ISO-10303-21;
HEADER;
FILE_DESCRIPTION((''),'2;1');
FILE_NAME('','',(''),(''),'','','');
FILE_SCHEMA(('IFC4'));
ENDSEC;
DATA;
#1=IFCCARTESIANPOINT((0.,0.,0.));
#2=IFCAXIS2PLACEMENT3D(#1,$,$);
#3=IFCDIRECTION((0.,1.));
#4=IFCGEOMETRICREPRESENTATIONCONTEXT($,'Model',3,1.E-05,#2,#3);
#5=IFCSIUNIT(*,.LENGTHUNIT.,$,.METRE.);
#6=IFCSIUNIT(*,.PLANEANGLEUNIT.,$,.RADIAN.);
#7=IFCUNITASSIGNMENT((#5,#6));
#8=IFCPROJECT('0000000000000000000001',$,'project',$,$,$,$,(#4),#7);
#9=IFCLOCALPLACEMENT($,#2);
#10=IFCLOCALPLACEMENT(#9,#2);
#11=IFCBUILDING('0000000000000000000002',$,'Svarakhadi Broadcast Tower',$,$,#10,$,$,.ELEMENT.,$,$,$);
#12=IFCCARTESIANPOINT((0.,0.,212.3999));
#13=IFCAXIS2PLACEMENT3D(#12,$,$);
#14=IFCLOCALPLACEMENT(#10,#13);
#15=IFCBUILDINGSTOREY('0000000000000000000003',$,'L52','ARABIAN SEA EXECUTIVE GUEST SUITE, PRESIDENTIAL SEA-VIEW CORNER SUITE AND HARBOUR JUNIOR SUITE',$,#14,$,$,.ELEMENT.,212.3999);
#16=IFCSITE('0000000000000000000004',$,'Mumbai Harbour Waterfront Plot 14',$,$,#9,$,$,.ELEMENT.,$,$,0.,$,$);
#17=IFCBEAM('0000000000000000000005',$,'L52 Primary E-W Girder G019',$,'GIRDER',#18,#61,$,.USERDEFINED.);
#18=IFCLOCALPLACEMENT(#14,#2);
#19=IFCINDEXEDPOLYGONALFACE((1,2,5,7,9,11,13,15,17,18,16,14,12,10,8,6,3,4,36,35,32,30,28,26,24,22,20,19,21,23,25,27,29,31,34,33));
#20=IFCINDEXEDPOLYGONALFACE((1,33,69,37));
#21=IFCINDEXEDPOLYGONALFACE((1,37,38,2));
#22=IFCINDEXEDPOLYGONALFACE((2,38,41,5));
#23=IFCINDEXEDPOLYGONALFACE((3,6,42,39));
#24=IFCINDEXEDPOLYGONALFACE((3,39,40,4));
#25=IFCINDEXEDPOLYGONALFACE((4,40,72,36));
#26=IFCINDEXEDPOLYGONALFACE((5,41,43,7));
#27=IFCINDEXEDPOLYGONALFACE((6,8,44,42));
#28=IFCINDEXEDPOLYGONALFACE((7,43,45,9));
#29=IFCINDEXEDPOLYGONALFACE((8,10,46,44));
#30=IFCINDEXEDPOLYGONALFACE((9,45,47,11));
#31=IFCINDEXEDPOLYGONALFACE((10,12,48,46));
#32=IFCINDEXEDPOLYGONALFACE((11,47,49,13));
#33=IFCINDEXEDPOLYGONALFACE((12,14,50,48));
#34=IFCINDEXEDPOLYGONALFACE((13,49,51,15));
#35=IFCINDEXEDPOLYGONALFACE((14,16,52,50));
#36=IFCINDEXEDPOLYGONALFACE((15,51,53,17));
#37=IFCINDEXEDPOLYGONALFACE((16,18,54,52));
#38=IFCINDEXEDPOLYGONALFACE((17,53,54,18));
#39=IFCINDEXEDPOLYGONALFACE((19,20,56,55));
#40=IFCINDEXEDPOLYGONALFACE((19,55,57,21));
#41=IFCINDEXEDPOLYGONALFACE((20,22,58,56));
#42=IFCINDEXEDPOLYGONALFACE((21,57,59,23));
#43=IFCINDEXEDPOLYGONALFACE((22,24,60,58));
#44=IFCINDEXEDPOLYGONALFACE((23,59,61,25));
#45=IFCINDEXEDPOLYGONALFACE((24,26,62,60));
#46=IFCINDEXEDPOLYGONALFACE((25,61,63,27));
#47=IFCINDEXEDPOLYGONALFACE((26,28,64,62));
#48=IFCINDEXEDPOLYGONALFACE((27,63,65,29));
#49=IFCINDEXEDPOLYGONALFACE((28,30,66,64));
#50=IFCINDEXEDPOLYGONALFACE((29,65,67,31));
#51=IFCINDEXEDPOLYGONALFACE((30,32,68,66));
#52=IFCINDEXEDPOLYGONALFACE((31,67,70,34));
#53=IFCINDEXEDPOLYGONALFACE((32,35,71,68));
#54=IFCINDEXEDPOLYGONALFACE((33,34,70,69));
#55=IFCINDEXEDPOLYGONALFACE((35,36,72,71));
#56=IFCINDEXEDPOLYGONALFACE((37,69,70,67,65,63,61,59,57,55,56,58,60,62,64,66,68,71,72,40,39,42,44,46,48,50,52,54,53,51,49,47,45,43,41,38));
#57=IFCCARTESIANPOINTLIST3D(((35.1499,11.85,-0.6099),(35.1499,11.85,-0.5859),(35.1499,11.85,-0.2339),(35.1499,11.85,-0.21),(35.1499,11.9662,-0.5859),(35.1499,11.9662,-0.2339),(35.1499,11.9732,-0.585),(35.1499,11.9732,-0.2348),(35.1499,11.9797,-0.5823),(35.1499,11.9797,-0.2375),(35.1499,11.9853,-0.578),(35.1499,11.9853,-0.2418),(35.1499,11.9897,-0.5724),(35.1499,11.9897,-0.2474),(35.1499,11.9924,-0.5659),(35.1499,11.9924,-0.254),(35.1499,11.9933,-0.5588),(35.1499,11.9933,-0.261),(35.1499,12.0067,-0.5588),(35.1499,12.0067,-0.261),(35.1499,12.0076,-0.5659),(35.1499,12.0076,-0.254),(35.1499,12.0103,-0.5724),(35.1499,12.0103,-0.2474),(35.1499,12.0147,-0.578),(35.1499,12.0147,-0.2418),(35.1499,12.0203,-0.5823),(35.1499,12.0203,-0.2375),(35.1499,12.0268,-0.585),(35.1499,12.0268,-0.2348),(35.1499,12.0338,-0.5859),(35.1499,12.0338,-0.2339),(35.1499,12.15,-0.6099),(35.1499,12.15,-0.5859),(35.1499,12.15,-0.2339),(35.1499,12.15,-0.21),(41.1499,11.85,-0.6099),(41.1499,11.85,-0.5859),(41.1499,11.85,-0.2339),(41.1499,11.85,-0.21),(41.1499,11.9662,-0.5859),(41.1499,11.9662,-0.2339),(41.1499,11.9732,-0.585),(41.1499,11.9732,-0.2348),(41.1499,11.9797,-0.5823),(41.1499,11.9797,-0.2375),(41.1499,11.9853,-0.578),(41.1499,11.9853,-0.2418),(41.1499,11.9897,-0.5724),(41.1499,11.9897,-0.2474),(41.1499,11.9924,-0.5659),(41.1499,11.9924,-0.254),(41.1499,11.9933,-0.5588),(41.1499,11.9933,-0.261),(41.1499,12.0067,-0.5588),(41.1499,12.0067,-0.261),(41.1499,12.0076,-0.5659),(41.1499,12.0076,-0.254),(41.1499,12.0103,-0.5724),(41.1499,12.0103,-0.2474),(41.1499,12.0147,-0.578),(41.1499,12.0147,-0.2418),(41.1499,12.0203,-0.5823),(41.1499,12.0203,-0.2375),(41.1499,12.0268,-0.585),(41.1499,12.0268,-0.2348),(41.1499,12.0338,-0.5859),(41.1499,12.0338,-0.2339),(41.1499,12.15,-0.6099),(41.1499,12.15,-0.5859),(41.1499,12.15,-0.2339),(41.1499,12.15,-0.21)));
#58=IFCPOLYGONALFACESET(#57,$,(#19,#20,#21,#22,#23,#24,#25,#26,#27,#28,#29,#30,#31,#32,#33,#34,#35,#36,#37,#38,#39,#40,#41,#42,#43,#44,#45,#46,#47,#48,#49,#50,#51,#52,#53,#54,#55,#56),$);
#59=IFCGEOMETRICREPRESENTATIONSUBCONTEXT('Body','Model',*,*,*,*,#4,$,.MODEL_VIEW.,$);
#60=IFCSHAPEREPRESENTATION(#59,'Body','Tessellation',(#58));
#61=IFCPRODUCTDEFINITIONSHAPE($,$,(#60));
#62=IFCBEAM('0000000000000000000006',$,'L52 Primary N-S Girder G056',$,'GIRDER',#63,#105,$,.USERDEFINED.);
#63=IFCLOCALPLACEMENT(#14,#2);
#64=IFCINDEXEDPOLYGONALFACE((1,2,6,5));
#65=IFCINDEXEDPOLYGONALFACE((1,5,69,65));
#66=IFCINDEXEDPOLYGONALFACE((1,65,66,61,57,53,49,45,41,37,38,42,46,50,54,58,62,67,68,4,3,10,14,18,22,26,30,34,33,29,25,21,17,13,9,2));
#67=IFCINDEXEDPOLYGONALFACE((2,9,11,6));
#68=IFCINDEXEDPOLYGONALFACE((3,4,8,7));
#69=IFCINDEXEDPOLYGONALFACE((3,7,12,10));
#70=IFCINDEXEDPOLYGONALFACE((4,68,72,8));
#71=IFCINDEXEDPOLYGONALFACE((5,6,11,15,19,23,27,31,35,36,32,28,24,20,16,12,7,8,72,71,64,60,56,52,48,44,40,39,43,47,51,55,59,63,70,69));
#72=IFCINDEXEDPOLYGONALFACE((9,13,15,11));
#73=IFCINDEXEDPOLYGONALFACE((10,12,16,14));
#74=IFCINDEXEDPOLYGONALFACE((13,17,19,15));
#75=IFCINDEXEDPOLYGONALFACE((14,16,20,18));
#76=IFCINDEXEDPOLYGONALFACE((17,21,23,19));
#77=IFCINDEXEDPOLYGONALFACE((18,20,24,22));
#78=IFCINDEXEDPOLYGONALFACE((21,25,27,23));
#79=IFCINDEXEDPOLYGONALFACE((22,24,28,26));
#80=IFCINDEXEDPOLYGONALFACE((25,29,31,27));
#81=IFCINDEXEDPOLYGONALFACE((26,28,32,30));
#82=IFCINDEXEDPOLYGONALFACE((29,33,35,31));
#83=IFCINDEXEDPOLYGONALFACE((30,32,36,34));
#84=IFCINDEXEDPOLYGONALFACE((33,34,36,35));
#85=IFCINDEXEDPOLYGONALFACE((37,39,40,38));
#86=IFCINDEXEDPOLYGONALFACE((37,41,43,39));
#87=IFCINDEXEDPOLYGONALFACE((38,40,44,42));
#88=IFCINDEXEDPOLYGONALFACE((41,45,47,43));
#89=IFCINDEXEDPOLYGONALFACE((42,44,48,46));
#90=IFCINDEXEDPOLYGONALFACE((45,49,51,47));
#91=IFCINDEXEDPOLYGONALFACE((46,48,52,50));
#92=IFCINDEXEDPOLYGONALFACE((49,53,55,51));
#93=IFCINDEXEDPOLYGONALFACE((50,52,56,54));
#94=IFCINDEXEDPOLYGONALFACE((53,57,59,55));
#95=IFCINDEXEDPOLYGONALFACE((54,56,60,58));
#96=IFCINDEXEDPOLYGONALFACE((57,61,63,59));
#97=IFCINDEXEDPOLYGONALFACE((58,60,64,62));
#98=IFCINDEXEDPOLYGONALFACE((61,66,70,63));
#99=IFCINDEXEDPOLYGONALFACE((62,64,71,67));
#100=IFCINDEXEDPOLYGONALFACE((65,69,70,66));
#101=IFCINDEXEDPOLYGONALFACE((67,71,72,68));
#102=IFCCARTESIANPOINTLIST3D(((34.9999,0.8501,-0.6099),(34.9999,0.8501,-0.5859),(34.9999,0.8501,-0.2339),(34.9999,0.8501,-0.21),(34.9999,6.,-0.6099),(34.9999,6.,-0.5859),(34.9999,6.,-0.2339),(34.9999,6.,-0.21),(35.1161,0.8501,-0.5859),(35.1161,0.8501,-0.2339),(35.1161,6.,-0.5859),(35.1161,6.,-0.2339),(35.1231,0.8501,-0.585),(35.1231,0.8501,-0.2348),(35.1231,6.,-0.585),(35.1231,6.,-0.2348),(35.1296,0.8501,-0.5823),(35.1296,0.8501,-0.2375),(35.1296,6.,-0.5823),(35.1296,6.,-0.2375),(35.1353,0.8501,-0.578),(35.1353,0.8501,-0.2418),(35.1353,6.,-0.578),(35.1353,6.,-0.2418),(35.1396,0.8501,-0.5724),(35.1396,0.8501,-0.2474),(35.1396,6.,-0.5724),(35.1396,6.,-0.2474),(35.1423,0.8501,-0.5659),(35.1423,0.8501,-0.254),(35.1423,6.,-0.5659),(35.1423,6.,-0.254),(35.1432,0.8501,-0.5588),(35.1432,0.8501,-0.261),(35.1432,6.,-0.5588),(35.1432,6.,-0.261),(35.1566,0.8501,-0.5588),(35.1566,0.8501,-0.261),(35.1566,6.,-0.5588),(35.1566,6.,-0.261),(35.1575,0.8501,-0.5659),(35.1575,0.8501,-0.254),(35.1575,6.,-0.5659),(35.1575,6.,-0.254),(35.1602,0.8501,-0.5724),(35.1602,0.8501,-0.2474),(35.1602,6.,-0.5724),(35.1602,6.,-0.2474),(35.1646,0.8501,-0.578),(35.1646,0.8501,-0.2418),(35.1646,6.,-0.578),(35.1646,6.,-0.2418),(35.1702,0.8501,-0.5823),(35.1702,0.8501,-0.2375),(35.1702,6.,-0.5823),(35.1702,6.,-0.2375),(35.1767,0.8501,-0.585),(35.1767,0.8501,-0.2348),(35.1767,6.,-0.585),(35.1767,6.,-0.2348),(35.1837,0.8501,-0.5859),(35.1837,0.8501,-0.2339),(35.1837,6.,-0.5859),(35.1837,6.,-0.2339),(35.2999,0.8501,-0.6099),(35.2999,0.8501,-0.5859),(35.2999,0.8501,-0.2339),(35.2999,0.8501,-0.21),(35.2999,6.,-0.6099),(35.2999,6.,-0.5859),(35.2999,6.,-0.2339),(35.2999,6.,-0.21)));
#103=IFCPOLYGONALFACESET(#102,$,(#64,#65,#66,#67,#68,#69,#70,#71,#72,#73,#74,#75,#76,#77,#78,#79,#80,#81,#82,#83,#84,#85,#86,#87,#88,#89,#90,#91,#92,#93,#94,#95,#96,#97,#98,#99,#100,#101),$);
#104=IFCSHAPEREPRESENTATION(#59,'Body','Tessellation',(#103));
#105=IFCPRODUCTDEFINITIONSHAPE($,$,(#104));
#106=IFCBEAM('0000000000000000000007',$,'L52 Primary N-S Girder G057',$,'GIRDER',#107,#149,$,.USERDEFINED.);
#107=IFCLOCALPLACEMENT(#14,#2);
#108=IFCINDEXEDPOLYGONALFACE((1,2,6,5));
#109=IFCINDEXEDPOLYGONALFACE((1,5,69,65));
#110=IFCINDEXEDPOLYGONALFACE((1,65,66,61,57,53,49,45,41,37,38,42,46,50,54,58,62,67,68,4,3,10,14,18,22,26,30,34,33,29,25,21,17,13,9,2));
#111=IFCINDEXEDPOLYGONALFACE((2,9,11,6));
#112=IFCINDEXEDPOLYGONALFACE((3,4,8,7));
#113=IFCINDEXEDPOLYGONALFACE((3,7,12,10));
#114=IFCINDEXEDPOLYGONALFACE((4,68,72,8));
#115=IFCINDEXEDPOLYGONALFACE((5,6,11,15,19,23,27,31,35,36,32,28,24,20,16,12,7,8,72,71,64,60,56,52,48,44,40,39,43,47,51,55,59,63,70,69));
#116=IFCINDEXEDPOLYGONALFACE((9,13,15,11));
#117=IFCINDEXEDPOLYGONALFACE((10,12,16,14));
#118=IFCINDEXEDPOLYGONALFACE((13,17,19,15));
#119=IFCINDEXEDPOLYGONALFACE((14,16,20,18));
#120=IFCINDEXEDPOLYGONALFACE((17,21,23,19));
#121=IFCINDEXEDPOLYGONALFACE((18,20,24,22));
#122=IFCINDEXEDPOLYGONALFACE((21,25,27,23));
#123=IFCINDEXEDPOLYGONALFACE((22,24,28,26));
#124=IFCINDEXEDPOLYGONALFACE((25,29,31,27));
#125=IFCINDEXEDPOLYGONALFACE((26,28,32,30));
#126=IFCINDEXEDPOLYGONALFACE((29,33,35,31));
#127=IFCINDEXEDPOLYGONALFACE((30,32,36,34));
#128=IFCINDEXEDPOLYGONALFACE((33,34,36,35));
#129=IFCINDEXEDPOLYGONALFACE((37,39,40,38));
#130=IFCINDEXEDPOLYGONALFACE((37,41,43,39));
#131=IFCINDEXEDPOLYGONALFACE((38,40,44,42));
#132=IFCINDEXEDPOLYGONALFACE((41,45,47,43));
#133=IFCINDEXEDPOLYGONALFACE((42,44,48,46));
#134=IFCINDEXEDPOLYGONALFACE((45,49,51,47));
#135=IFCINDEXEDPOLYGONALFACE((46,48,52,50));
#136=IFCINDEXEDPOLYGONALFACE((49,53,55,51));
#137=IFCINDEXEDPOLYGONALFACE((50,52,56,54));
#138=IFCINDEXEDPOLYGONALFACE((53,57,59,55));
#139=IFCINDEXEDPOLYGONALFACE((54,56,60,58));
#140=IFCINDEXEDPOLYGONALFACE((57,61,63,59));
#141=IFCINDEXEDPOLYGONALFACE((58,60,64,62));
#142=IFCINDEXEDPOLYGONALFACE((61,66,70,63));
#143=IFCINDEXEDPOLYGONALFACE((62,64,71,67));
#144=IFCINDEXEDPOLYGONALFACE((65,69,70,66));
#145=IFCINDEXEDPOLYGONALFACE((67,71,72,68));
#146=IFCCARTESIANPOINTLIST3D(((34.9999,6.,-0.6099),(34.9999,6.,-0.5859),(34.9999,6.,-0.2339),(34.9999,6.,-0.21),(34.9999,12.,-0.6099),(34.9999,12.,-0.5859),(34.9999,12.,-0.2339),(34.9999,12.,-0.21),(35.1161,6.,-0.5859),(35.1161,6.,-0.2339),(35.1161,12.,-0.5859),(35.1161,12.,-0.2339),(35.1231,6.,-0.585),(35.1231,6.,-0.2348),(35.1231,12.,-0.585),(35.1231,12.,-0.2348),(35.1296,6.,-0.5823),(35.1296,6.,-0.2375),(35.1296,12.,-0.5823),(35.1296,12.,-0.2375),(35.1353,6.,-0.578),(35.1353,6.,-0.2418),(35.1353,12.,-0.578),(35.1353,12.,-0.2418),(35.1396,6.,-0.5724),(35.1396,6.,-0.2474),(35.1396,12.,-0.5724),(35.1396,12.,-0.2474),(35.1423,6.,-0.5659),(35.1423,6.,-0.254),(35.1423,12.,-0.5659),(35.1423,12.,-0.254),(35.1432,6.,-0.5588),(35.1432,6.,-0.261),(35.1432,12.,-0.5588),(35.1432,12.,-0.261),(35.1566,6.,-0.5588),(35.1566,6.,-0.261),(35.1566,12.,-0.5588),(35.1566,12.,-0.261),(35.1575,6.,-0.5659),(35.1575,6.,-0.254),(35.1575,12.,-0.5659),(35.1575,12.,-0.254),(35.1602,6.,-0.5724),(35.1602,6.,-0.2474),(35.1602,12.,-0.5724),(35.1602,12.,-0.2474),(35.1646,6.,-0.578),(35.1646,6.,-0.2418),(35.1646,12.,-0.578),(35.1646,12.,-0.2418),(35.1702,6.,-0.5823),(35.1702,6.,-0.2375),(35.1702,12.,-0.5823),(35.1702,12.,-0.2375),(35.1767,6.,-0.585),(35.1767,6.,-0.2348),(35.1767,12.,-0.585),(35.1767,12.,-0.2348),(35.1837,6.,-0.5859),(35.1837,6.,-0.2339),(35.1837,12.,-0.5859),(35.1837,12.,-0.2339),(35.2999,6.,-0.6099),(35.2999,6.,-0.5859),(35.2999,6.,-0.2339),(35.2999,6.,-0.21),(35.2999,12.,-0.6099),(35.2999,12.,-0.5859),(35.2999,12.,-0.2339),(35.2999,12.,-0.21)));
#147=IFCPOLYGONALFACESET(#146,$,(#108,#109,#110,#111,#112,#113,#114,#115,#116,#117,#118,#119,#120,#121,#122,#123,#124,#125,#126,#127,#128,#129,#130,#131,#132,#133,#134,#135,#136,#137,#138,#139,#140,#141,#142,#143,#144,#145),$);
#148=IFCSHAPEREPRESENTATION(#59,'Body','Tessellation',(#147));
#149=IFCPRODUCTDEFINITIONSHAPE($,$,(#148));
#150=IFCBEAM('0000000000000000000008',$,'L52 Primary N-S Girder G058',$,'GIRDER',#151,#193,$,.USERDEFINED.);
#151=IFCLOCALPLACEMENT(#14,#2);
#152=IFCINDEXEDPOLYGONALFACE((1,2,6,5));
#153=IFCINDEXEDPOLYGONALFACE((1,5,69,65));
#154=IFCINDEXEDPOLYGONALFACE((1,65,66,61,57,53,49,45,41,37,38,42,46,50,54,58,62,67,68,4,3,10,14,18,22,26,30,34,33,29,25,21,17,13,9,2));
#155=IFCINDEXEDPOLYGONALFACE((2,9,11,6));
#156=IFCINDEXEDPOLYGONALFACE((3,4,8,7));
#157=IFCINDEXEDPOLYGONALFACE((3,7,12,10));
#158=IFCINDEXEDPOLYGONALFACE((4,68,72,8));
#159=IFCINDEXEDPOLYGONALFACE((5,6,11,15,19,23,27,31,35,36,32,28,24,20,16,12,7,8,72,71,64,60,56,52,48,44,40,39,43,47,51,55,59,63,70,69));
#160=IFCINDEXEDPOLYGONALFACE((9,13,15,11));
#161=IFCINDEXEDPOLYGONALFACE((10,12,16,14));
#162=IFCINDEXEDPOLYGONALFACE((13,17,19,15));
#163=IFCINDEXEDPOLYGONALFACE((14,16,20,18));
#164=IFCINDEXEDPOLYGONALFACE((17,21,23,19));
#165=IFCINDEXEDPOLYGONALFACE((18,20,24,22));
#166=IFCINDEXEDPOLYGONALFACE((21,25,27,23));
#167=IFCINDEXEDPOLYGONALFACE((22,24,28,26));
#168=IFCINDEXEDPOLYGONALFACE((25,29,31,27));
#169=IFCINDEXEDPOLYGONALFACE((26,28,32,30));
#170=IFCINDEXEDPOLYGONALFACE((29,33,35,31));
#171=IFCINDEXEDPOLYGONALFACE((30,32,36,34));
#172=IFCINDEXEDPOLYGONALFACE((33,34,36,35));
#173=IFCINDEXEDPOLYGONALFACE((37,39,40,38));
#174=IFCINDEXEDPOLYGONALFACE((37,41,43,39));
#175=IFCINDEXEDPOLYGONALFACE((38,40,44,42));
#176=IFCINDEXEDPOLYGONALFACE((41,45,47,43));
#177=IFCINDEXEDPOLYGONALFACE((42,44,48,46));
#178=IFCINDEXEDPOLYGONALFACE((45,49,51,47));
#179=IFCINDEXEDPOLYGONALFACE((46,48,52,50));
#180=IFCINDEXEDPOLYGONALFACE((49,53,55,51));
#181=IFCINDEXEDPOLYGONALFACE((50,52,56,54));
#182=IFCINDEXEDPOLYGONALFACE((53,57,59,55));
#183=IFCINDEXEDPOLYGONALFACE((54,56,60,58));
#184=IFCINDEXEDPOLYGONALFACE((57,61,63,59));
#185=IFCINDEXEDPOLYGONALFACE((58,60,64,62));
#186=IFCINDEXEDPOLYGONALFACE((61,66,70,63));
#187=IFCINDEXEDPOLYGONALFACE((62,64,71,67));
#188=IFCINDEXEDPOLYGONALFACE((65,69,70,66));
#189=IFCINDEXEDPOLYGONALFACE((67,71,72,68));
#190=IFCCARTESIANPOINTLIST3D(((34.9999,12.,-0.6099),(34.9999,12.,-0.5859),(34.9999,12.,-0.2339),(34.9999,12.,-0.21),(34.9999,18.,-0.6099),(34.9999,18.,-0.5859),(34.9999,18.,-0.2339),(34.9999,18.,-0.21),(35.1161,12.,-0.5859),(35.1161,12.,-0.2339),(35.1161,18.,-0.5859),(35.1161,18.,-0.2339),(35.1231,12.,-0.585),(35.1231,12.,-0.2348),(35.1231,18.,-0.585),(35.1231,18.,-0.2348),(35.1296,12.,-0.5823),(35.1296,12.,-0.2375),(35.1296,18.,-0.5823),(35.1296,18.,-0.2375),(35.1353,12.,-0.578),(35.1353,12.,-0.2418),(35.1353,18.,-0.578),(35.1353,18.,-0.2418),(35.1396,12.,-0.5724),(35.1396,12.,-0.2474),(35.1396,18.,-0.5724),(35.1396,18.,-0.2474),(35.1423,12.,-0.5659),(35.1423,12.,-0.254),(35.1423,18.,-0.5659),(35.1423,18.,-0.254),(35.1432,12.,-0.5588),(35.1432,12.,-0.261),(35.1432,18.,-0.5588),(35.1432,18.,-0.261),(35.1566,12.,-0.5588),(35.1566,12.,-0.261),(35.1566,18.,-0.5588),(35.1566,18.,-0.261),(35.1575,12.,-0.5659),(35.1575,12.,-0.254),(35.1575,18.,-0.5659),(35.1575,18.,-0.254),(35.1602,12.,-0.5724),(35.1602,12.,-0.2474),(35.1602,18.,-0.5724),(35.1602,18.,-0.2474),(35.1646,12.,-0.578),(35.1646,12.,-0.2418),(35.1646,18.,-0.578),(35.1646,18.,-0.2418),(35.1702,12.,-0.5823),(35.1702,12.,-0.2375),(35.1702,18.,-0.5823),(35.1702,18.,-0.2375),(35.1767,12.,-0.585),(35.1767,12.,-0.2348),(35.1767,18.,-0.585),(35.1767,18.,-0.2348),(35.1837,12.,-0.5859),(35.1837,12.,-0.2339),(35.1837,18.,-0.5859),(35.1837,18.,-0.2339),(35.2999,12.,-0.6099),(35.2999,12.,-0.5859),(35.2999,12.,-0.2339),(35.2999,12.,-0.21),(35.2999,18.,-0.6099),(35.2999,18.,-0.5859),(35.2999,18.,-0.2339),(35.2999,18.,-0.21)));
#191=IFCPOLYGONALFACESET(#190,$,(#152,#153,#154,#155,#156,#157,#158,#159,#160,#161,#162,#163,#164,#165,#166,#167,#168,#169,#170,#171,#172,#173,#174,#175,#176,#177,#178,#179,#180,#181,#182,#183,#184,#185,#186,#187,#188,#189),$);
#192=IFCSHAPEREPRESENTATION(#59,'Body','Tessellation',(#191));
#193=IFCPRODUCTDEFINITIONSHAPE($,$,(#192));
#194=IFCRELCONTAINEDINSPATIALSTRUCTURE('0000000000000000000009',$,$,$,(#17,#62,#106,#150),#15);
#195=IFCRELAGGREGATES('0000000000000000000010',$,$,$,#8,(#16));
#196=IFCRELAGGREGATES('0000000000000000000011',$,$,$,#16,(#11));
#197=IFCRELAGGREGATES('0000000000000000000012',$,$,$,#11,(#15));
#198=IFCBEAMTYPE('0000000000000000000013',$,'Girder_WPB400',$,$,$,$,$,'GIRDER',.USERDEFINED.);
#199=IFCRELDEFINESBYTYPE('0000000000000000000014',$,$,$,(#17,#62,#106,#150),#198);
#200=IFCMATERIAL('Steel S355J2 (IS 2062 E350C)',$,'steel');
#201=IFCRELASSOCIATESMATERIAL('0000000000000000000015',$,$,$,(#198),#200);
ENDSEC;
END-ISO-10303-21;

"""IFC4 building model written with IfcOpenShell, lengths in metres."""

from ifc_helpers import new_model, si_unit, direction, frame, origin, origin_2d, place, context, subcontext, project, spatial, i_section, extrude, material, material_profile, profile_set, type_object, element, save


model = new_model("IFC4")

# Units and contexts
model_context = context("Model", 3, precision=1e-05, world=origin(), true_north=direction((0.0, 1.0)))
body_context = subcontext(model_context, "Body", "Model", "MODEL_VIEW")
ifc_project = project(units=[si_unit("LENGTHUNIT", "METRE"), si_unit("PLANEANGLEUNIT", "RADIAN")], contexts=[model_context])

# Site, building, storey
site_placement = place(None, origin())
site = spatial("IfcSite", under=ifc_project, at=site_placement, Name="Mumbai Harbour Waterfront Plot 14", CompositionType="ELEMENT", RefElevation=0.0)
building_placement = place(site_placement, origin())
building = spatial("IfcBuilding", under=site, at=building_placement, Name="Svarakhadi Broadcast Tower", CompositionType="ELEMENT")
storey_placement = place(building_placement, frame((0.0, 0.0, 212.3999)))
storey = spatial("IfcBuildingStorey", under=building, at=storey_placement, Name="L52", Description="ARABIAN SEA EXECUTIVE GUEST SUITE, PRESIDENTIAL SEA-VIEW CORNER SUITE AND HARBOUR JUNIOR SUITE", CompositionType="ELEMENT", Elevation=212.3999)

# Beams
ifc_material_1 = material(Name="Steel S355J2 (IS 2062 E350C)", Category="steel")
ifc_material_profile_1 = material_profile(ifc_material_1, i_section(OverallWidth=0.3, OverallDepth=0.3999, WebThickness=0.0134, FlangeThickness=0.0239, FilletRadius=0.0271, at=origin_2d()), Name="WPB 400x300x155")
ifc_profile_set_1 = profile_set([ifc_material_profile_1], Name="Steel S355J2 (IS 2062 E350C)")
beam_type_1 = type_object("IfcBeamType", Name="Girder_WPB400", ElementType="GIRDER", PredefinedType="USERDEFINED", material=ifc_profile_set_1)
for number, where, z_axis, x_axis, name in (
    (1, (35.1499, 12.0, -0.4099), (1.0, 0.0, 0.0), (0.0, 1.0, 0.0), "L52 Primary E-W Girder G019"),
):
    element("IfcBeam", number, at=place(storey_placement, frame(where, z_axis=z_axis, x_axis=x_axis)), inside=storey, type_object=beam_type_1, Name=name, ObjectType="GIRDER", PredefinedType="USERDEFINED", context=body_context, shape_type="SweptSolid", body=[
        extrude(i_section(OverallWidth=0.3, OverallDepth=0.3999, WebThickness=0.0134, FlangeThickness=0.0239, FilletRadius=0.0271, at=origin_2d()), origin(), (0.0, 0.0, 1.0), 6.0),
    ])
beam_1_placement = place(storey_placement, frame((35.1499, 0.8501, -0.4099), z_axis=(0.0, 1.0, 0.0), x_axis=(-1.0, 0.0, 0.0)))
element("IfcBeam", 2, at=beam_1_placement, inside=storey, type_object=beam_type_1, Name="L52 Primary N-S Girder G056", ObjectType="GIRDER", PredefinedType="USERDEFINED", context=body_context, shape_type="SweptSolid", body=[
    extrude(i_section(OverallWidth=0.3, OverallDepth=0.3999, WebThickness=0.0134, FlangeThickness=0.0239, FilletRadius=0.0271, at=origin_2d()), origin(), (0.0, 0.0, 1.0), 5.1499),
])
for number, where, z_axis, x_axis, name in (
    (3, (35.1499, 6.0, -0.4099), (0.0, 1.0, 0.0), (-1.0, 0.0, 0.0), "L52 Primary N-S Girder G057"),
    (4, (35.1499, 12.0, -0.4099), (0.0, 1.0, 0.0), (-1.0, 0.0, 0.0), "L52 Primary N-S Girder G058"),
):
    element("IfcBeam", number, at=place(storey_placement, frame(where, z_axis=z_axis, x_axis=x_axis)), inside=storey, type_object=beam_type_1, Name=name, ObjectType="GIRDER", PredefinedType="USERDEFINED", context=body_context, shape_type="SweptSolid", body=[
        extrude(i_section(OverallWidth=0.3, OverallDepth=0.3999, WebThickness=0.0134, FlangeThickness=0.0239, FilletRadius=0.0271, at=origin_2d()), origin(), (0.0, 0.0, 1.0), 6.0),
    ])

save(model, "model.ifc")
